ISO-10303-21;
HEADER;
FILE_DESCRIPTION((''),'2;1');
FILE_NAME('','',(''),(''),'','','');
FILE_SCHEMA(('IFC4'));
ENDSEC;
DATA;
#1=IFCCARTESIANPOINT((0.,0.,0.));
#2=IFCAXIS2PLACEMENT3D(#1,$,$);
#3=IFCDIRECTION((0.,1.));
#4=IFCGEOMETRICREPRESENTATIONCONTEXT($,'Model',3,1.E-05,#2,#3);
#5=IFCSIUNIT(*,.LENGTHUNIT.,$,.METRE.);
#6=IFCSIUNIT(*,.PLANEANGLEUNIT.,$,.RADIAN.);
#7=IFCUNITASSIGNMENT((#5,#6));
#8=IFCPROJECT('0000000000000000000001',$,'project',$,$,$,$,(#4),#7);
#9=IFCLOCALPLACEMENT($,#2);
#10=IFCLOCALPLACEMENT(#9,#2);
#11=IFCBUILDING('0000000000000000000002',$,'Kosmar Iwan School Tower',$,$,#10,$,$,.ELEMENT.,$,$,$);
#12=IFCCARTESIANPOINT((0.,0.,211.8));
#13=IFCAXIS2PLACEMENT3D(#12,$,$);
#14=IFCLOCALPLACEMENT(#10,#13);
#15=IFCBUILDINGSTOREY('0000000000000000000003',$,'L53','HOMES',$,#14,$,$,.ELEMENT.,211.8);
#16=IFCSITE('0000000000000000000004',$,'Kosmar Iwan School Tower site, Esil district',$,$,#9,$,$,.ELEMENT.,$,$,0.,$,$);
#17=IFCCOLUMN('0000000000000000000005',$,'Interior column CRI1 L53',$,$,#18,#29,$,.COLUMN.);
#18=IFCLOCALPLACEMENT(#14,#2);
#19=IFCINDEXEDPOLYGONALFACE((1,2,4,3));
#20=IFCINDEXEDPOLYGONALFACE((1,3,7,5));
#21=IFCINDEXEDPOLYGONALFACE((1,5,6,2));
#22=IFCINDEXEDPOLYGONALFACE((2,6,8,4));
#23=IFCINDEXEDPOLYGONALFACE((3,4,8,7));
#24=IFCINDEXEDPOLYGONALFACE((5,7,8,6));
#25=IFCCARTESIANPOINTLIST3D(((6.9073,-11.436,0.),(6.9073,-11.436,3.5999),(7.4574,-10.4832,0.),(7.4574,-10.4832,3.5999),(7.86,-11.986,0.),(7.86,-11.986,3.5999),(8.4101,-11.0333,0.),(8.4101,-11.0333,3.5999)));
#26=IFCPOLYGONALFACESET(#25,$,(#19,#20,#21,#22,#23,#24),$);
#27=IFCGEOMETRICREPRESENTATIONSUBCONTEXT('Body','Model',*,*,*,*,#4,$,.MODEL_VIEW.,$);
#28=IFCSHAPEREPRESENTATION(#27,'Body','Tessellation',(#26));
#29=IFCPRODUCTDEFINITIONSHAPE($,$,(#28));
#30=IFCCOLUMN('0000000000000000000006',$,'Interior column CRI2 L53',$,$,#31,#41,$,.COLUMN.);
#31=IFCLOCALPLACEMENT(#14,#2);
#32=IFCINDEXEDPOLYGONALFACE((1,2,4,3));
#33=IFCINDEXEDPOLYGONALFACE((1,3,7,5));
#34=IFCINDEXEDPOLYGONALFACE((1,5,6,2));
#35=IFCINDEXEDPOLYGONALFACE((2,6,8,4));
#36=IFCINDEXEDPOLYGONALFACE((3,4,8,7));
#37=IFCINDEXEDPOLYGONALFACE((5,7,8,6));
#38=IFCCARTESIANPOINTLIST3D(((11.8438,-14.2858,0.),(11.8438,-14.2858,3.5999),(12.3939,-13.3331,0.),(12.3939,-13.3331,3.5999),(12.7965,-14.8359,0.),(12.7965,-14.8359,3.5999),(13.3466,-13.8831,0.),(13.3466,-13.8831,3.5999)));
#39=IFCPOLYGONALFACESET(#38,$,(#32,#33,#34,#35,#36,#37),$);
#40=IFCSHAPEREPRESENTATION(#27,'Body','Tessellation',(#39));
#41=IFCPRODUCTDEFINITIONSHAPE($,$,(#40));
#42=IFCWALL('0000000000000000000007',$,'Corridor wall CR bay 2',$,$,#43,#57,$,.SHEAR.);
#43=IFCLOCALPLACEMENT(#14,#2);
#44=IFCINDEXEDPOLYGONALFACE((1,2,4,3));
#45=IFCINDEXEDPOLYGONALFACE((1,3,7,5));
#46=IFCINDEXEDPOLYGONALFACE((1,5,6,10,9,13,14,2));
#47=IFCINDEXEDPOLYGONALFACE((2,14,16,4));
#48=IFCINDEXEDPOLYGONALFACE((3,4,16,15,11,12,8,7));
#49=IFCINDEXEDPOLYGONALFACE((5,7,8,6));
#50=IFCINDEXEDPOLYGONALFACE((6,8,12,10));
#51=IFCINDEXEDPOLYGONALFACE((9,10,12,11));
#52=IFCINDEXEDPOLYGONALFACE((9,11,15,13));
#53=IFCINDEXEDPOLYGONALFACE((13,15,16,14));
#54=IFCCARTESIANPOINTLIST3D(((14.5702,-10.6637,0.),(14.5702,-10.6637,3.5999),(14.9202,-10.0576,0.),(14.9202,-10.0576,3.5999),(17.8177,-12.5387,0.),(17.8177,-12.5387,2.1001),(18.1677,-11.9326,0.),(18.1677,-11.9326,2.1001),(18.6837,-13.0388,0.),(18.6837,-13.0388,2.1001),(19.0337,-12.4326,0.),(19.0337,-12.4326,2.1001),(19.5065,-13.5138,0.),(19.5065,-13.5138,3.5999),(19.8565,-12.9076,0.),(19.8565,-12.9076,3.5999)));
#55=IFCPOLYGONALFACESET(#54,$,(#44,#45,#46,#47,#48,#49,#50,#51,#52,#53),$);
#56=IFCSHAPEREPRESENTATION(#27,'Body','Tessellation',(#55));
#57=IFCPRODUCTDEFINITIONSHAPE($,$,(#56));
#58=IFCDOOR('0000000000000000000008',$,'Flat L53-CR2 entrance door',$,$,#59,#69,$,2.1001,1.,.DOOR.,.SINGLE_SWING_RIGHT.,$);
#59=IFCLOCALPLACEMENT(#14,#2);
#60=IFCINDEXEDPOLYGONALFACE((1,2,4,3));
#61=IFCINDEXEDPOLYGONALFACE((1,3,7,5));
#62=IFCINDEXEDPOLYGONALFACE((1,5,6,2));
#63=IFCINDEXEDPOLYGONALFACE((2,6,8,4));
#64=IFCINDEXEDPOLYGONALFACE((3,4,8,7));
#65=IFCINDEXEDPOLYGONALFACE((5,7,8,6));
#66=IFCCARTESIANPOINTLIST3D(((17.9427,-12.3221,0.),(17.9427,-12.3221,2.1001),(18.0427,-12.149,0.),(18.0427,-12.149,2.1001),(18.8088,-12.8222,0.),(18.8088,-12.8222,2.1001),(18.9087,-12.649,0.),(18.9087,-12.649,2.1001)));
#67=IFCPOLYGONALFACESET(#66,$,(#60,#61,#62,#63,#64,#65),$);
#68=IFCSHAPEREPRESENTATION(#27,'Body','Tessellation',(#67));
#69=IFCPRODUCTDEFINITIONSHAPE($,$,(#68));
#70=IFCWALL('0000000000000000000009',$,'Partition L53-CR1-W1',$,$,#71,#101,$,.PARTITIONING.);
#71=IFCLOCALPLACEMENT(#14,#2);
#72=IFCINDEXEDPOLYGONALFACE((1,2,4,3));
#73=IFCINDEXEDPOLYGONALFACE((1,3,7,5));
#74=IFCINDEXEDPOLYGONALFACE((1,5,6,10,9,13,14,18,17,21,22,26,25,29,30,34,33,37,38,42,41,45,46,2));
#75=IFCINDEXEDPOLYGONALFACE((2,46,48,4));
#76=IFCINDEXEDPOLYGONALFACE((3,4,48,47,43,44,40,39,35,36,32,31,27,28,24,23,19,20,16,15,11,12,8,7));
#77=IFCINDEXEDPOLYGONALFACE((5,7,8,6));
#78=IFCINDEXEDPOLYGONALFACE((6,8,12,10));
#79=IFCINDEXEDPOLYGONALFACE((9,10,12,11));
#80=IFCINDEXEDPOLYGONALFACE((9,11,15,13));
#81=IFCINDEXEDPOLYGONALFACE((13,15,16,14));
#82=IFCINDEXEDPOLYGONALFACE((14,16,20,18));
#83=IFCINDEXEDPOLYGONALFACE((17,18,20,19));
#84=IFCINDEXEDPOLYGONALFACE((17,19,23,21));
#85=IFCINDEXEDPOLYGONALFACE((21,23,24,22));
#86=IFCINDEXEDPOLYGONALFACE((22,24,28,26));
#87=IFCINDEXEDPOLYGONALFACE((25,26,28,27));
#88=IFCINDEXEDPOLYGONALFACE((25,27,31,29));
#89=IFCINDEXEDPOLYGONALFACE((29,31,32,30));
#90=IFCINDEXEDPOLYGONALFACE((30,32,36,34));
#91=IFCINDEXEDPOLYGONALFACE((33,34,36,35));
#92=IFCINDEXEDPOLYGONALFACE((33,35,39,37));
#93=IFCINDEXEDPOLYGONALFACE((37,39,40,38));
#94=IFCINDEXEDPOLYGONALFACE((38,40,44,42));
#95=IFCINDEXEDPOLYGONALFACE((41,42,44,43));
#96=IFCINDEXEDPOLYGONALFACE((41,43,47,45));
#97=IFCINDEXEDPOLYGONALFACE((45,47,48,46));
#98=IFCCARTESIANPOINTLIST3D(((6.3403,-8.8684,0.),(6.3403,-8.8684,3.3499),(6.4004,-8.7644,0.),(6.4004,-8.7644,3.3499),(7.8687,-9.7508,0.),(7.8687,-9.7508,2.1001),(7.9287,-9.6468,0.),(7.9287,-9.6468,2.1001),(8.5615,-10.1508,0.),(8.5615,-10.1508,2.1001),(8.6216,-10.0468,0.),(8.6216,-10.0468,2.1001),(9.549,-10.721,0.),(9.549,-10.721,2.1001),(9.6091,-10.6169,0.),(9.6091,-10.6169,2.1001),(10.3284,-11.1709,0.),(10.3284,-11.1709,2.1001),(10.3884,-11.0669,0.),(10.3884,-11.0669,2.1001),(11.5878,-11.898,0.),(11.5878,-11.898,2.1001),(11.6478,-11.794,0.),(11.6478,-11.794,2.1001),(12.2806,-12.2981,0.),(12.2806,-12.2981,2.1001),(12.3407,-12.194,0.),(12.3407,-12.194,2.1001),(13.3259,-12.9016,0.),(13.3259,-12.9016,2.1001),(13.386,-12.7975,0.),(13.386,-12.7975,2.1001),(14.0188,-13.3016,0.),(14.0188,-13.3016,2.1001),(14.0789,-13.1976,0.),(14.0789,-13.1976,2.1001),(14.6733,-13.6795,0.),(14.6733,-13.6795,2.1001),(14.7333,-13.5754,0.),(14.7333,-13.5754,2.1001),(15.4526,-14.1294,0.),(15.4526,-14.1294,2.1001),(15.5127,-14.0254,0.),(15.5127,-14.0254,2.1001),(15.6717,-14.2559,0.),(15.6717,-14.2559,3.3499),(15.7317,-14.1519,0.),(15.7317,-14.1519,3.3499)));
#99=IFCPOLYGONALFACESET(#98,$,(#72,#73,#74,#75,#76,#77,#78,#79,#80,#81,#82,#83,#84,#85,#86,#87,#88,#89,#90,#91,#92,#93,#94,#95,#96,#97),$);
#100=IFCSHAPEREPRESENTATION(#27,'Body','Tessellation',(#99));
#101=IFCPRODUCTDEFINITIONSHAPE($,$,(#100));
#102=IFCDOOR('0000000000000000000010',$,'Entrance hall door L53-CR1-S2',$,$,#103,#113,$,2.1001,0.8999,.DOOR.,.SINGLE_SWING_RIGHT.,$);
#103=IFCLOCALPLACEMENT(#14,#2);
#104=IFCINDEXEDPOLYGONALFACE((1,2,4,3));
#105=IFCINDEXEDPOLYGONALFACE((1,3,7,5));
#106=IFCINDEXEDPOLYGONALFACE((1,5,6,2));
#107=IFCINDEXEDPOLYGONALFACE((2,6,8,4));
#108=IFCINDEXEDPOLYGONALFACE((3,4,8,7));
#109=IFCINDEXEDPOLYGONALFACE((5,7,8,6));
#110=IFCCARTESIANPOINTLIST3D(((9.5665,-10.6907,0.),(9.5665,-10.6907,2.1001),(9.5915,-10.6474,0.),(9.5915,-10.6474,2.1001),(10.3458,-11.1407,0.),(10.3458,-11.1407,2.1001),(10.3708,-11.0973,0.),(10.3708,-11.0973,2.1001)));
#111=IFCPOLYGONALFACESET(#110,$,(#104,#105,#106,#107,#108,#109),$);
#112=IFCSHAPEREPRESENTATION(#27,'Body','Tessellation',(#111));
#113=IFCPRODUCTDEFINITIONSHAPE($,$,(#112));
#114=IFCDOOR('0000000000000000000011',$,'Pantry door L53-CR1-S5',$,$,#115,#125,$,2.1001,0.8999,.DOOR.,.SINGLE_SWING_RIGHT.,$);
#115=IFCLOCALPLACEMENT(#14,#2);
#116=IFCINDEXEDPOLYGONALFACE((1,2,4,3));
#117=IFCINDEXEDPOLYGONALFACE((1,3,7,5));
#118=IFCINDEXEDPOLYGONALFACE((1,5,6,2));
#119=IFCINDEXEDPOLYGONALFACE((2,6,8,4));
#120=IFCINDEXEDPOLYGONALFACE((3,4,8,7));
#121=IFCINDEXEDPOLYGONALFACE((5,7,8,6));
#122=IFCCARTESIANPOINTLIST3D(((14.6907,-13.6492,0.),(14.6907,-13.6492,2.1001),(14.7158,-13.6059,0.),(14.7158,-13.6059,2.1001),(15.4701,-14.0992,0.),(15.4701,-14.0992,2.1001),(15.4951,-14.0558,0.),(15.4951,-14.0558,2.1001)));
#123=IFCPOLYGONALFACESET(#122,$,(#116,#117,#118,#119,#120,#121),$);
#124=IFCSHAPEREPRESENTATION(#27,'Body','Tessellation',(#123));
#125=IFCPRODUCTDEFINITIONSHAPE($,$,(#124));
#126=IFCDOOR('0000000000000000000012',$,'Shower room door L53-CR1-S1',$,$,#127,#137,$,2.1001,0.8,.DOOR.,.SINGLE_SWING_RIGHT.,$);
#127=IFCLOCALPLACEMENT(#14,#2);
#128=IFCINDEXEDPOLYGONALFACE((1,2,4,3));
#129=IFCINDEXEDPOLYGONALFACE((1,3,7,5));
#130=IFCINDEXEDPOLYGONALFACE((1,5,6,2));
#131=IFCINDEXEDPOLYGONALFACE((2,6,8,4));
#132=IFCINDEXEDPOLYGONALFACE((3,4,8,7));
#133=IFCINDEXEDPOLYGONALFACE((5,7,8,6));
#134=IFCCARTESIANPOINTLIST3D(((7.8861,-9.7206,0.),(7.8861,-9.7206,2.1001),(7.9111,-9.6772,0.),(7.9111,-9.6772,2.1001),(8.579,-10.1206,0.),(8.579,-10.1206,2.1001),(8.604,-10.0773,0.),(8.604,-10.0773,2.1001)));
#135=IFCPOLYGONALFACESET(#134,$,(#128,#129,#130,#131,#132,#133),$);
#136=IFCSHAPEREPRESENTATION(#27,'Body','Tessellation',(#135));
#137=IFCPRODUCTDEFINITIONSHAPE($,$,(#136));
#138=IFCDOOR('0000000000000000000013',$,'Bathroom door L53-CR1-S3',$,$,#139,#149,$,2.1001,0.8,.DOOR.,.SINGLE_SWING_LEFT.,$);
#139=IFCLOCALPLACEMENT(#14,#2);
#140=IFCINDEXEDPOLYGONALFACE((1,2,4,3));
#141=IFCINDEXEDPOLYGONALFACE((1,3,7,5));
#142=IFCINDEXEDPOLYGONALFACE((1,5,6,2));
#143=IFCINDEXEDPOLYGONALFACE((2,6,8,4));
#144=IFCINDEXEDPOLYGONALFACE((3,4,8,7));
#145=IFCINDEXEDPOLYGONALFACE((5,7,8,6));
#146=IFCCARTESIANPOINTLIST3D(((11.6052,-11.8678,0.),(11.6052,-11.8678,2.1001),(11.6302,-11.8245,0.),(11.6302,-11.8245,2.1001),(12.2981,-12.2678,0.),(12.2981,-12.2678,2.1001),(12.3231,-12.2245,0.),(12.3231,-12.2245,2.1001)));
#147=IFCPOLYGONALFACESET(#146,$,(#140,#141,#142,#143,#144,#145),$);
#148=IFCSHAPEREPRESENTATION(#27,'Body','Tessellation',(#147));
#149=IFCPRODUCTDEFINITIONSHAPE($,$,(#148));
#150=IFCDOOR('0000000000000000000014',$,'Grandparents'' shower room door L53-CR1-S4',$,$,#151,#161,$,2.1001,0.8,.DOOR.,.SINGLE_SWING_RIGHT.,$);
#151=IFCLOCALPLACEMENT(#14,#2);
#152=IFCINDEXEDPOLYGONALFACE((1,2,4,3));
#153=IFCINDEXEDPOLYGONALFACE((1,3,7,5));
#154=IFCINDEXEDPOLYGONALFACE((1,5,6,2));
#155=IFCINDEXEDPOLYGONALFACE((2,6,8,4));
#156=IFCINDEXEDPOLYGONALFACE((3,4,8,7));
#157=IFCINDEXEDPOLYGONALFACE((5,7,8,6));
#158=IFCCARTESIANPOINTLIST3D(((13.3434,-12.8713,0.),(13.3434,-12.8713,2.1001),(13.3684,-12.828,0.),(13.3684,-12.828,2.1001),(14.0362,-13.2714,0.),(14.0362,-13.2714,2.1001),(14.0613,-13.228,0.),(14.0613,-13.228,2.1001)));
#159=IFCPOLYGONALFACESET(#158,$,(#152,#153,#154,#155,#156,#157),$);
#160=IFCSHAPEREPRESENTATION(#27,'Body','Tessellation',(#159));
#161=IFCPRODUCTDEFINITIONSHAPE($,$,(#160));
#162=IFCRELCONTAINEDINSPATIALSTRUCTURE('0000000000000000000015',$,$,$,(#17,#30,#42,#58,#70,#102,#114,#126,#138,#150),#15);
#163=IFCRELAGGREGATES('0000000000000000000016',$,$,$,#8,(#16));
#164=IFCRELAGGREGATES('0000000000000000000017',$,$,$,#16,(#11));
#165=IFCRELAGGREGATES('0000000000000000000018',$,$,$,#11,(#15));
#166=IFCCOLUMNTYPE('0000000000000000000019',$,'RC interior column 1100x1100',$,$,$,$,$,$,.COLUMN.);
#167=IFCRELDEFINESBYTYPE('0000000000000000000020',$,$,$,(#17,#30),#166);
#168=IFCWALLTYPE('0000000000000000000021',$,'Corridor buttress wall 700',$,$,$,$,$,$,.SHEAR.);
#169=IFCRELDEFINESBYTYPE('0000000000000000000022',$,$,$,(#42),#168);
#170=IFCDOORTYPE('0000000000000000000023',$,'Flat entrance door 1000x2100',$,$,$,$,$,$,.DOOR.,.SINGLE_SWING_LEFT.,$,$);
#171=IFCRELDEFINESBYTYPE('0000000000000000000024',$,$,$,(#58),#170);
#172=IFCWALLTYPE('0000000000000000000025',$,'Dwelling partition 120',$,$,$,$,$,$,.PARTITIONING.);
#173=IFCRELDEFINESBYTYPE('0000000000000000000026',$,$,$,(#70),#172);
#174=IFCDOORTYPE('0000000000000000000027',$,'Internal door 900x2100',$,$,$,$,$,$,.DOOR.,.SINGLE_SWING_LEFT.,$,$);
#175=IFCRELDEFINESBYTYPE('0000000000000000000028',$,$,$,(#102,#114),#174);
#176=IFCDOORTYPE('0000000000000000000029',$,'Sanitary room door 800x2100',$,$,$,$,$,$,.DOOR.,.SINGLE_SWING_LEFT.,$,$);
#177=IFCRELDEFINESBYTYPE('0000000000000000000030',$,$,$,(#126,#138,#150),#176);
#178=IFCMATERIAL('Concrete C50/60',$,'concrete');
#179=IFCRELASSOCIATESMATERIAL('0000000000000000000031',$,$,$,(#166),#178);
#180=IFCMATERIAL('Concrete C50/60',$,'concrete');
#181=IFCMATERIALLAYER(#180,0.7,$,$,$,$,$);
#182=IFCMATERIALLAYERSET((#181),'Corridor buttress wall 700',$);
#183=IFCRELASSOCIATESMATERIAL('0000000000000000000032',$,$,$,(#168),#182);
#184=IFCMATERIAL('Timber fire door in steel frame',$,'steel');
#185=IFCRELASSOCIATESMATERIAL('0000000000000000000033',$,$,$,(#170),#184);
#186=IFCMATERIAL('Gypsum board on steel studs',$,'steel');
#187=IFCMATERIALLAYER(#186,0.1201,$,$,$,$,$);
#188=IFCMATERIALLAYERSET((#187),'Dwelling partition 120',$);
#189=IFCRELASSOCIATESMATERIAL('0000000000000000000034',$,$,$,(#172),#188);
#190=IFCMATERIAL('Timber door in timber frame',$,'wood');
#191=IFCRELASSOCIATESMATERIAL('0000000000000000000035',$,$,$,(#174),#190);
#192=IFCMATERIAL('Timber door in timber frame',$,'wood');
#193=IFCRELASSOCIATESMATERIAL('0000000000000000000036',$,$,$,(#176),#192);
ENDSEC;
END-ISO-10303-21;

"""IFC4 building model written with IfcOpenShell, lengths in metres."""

from ifc_helpers import new_model, si_unit, direction, frame, frame_2d, origin, origin_2d, place, context, subcontext, project, spatial, rectangle, extrude, material, layer, layer_set, material_profile, profile_set, type_object, element, fill, save


model = new_model("IFC4")

# Units and contexts
model_context = context("Model", 3, precision=1e-05, world=origin(), true_north=direction((0.0, 1.0)))
body_context = subcontext(model_context, "Body", "Model", "MODEL_VIEW")
ifc_project = project(units=[si_unit("LENGTHUNIT", "METRE"), si_unit("PLANEANGLEUNIT", "RADIAN")], contexts=[model_context])

# Site, building, storey
site_placement = place(None, origin())
site = spatial("IfcSite", under=ifc_project, at=site_placement, Name="Kosmar Iwan School Tower site, Esil district", CompositionType="ELEMENT", RefElevation=0.0)
building_placement = place(site_placement, origin())
building = spatial("IfcBuilding", under=site, at=building_placement, Name="Kosmar Iwan School Tower", CompositionType="ELEMENT")
storey_placement = place(building_placement, frame((0.0, 0.0, 211.8)))
storey = spatial("IfcBuildingStorey", under=building, at=storey_placement, Name="L53", Description="HOMES", CompositionType="ELEMENT", Elevation=211.8)

# Columns
ifc_material_1 = material(Name="Concrete C50/60", Category="concrete")
ifc_material_profile = material_profile(ifc_material_1, rectangle(XDim=1.1001, YDim=1.1001, at=origin_2d()), Name="RC 1100x1100")
ifc_profile_set = profile_set([ifc_material_profile], Name="Concrete C50/60")
column_type = type_object("IfcColumnType", Name="RC interior column 1100x1100", PredefinedType="COLUMN", material=ifc_profile_set)
for number, where, z_axis, x_axis, name in (
    (1, (7.6587, -11.2346, 0.0), (0.0, 0.0, 1.0), (0.866025, -0.5, 0.0), "Interior column CRI1 L53"),
    (2, (12.5952, -14.0845, 0.0), (0.0, 0.0, 1.0), (0.866025, -0.5, 0.0), "Interior column CRI2 L53"),
):
    element("IfcColumn", number, at=place(storey_placement, frame(where, z_axis=z_axis, x_axis=x_axis)), inside=storey, type_object=column_type, Name=name, PredefinedType="COLUMN", context=body_context, shape_type="SweptSolid", body=[
        extrude(rectangle(XDim=1.1001, YDim=1.1001, at=origin_2d()), origin(), (0.0, 0.0, 1.0), 3.5999),
    ])

# Wall, opening, door
ifc_material_2 = material(Name="Concrete C50/60", Category="concrete")
ifc_layer_1 = layer(ifc_material_2, 0.7)
ifc_layer_set_1 = layer_set([ifc_layer_1], Name="Corridor buttress wall 700")
wall_type_1 = type_object("IfcWallType", Name="Corridor buttress wall 700", PredefinedType="SHEAR", material=ifc_layer_set_1)
wall_1_placement = place(storey_placement, frame((14.7451, -10.3606, 0.0), z_axis=(0.0, 0.0, 1.0), x_axis=(0.866015, -0.500018, 0.0)))
wall_1 = element("IfcWall", 3, at=wall_1_placement, inside=storey, type_object=wall_type_1, Name="Corridor wall CR bay 2", PredefinedType="SHEAR", context=body_context, shape_type="SweptSolid", body=[
    extrude(rectangle(XDim=5.7, YDim=0.7, at=frame_2d((2.8501, 0.0))), origin(), (0.0, 0.0, 1.0), 3.5999),
])
opening_1_placement = place(wall_1_placement, frame((3.75, 0.0, 0.0)))
opening_1 = element("IfcOpeningElement", 4, at=opening_1_placement, cuts=wall_1, PredefinedType="OPENING", context=body_context, shape_type="SweptSolid", body=[
    extrude(rectangle(XDim=1.0, YDim=2.1001, at=frame_2d((0.5, 1.05))), frame((0.0, 0.3621, 0.0), z_axis=(0.0, -1.0, 0.0), x_axis=(1.0, 0.0, 0.0)), (0.0, 0.0, 1.0), 0.7239),
])
ifc_material_3 = material(Name="Timber fire door in steel frame", Category="steel")
door_type_1 = type_object("IfcDoorType", Name="Flat entrance door 1000x2100", OperationType="SINGLE_SWING_LEFT", PredefinedType="DOOR", material=ifc_material_3)
door_1_placement = place(opening_1_placement, origin())
door_1 = element("IfcDoor", 5, at=door_1_placement, inside=storey, type_object=door_type_1, Name="Flat L53-CR2 entrance door", OperationType="SINGLE_SWING_RIGHT", OverallHeight=2.1001, OverallWidth=1.0, PredefinedType="DOOR", context=body_context, shape_type="SweptSolid", body=[
    extrude(rectangle(XDim=1.0, YDim=2.1001, at=frame_2d((0.5, 1.05))), frame((0.0, 0.1001, 0.0), z_axis=(0.0, -1.0, 0.0), x_axis=(1.0, 0.0, 0.0)), (0.0, 0.0, 1.0), 0.2),
])
fill(opening_1, door_1)

# Wall, openings, doors
ifc_material_4 = material(Name="Gypsum board on steel studs", Category="steel")
ifc_layer_2 = layer(ifc_material_4, 0.1201)
ifc_layer_set_2 = layer_set([ifc_layer_2], Name="Dwelling partition 120")
wall_type_2 = type_object("IfcWallType", Name="Dwelling partition 120", PredefinedType="PARTITIONING", material=ifc_layer_set_2)
wall_2_placement = place(storey_placement, frame((6.3704, -8.8164, 0.0), z_axis=(0.0, 0.0, 1.0), x_axis=(0.866024, -0.500002, 0.0)))
wall_2 = element("IfcWall", 6, at=wall_2_placement, inside=storey, type_object=wall_type_2, Name="Partition L53-CR1-W1", PredefinedType="PARTITIONING", context=body_context, shape_type="SweptSolid", body=[
    extrude(rectangle(XDim=10.7749, YDim=0.1201, at=frame_2d((5.3875, 0.0))), origin(), (0.0, 0.0, 1.0), 3.3499),
])
opening_2_placement = place(wall_2_placement, frame((1.7649, 0.0, 0.0)))
opening_2 = element("IfcOpeningElement", 7, at=opening_2_placement, cuts=wall_2, PredefinedType="OPENING", context=body_context, shape_type="SweptSolid", body=[
    extrude(rectangle(XDim=0.8, YDim=2.1001, at=frame_2d((0.3999, 1.05))), frame((0.0, 0.072, 0.0), z_axis=(0.0, -1.0, 0.0), x_axis=(1.0, 0.0, 0.0)), (0.0, 0.0, 1.0), 0.144),
])
opening_3_placement = place(wall_2_placement, frame((3.7051, 0.0, 0.0)))
opening_3 = element("IfcOpeningElement", 8, at=opening_3_placement, cuts=wall_2, PredefinedType="OPENING", context=body_context, shape_type="SweptSolid", body=[
    extrude(rectangle(XDim=0.8999, YDim=2.1001, at=frame_2d((0.45, 1.05))), frame((0.0, 0.072, 0.0), z_axis=(0.0, -1.0, 0.0), x_axis=(1.0, 0.0, 0.0)), (0.0, 0.0, 1.0), 0.144),
])
opening_4_placement = place(wall_2_placement, frame((6.0593, 0.0, 0.0)))
opening_4 = element("IfcOpeningElement", 9, at=opening_4_placement, cuts=wall_2, PredefinedType="OPENING", context=body_context, shape_type="SweptSolid", body=[
    extrude(rectangle(XDim=0.8, YDim=2.1001, at=frame_2d((0.3999, 1.05))), frame((0.0, 0.072, 0.0), z_axis=(0.0, -1.0, 0.0), x_axis=(1.0, 0.0, 0.0)), (0.0, 0.0, 1.0), 0.144),
])
opening_5_placement = place(wall_2_placement, frame((8.0664, 0.0, 0.0)))
opening_5 = element("IfcOpeningElement", 10, at=opening_5_placement, cuts=wall_2, PredefinedType="OPENING", context=body_context, shape_type="SweptSolid", body=[
    extrude(rectangle(XDim=0.8, YDim=2.1001, at=frame_2d((0.3999, 1.05))), frame((0.0, 0.072, 0.0), z_axis=(0.0, -1.0, 0.0), x_axis=(1.0, 0.0, 0.0)), (0.0, 0.0, 1.0), 0.144),
])
opening_6_placement = place(wall_2_placement, frame((9.6221, 0.0, 0.0)))
opening_6 = element("IfcOpeningElement", 11, at=opening_6_placement, cuts=wall_2, PredefinedType="OPENING", context=body_context, shape_type="SweptSolid", body=[
    extrude(rectangle(XDim=0.8999, YDim=2.1001, at=frame_2d((0.45, 1.05))), frame((0.0, 0.072, 0.0), z_axis=(0.0, -1.0, 0.0), x_axis=(1.0, 0.0, 0.0)), (0.0, 0.0, 1.0), 0.144),
])
ifc_material_5 = material(Name="Timber door in timber frame", Category="wood")
door_type_2 = type_object("IfcDoorType", Name="Internal door 900x2100", OperationType="SINGLE_SWING_LEFT", PredefinedType="DOOR", material=ifc_material_5)
door_2_placement = place(opening_3_placement, origin())
door_2 = element("IfcDoor", 12, at=door_2_placement, inside=storey, type_object=door_type_2, Name="Entrance hall door L53-CR1-S2", OperationType="SINGLE_SWING_RIGHT", OverallHeight=2.1001, OverallWidth=0.8999, PredefinedType="DOOR", context=body_context, shape_type="SweptSolid", body=[
    extrude(rectangle(XDim=0.8999, YDim=2.1001, at=frame_2d((0.45, 1.05))), frame((0.0, 0.0249, 0.0), z_axis=(0.0, -1.0, 0.0), x_axis=(1.0, 0.0, 0.0)), (0.0, 0.0, 1.0), 0.05),
])
fill(opening_3, door_2)
door_3_placement = place(opening_6_placement, origin())
door_3 = element("IfcDoor", 13, at=door_3_placement, inside=storey, type_object=door_type_2, Name="Pantry door L53-CR1-S5", OperationType="SINGLE_SWING_RIGHT", OverallHeight=2.1001, OverallWidth=0.8999, PredefinedType="DOOR", context=body_context, shape_type="SweptSolid", body=[
    extrude(rectangle(XDim=0.8999, YDim=2.1001, at=frame_2d((0.45, 1.05))), frame((0.0, 0.0249, 0.0), z_axis=(0.0, -1.0, 0.0), x_axis=(1.0, 0.0, 0.0)), (0.0, 0.0, 1.0), 0.05),
])
fill(opening_6, door_3)
ifc_material_6 = material(Name="Timber door in timber frame", Category="wood")
door_type_3 = type_object("IfcDoorType", Name="Sanitary room door 800x2100", OperationType="SINGLE_SWING_LEFT", PredefinedType="DOOR", material=ifc_material_6)
door_4_placement = place(opening_2_placement, origin())
door_4 = element("IfcDoor", 14, at=door_4_placement, inside=storey, type_object=door_type_3, Name="Shower room door L53-CR1-S1", OperationType="SINGLE_SWING_RIGHT", OverallHeight=2.1001, OverallWidth=0.8, PredefinedType="DOOR", context=body_context, shape_type="SweptSolid", body=[
    extrude(rectangle(XDim=0.8, YDim=2.1001, at=frame_2d((0.3999, 1.05))), frame((0.0, 0.0249, 0.0), z_axis=(0.0, -1.0, 0.0), x_axis=(1.0, 0.0, 0.0)), (0.0, 0.0, 1.0), 0.05),
])
fill(opening_2, door_4)
door_5_placement = place(opening_4_placement, origin())
door_5 = element("IfcDoor", 15, at=door_5_placement, inside=storey, type_object=door_type_3, Name="Bathroom door L53-CR1-S3", OperationType="SINGLE_SWING_LEFT", OverallHeight=2.1001, OverallWidth=0.8, PredefinedType="DOOR", context=body_context, shape_type="SweptSolid", body=[
    extrude(rectangle(XDim=0.8, YDim=2.1001, at=frame_2d((0.3999, 1.05))), frame((0.0, 0.0249, 0.0), z_axis=(0.0, -1.0, 0.0), x_axis=(1.0, 0.0, 0.0)), (0.0, 0.0, 1.0), 0.05),
])
fill(opening_4, door_5)
door_6_placement = place(opening_5_placement, origin())
door_6 = element("IfcDoor", 16, at=door_6_placement, inside=storey, type_object=door_type_3, Name="Grandparents' shower room door L53-CR1-S4", OperationType="SINGLE_SWING_RIGHT", OverallHeight=2.1001, OverallWidth=0.8, PredefinedType="DOOR", context=body_context, shape_type="SweptSolid", body=[
    extrude(rectangle(XDim=0.8, YDim=2.1001, at=frame_2d((0.3999, 1.05))), frame((0.0, 0.0249, 0.0), z_axis=(0.0, -1.0, 0.0), x_axis=(1.0, 0.0, 0.0)), (0.0, 0.0, 1.0), 0.05),
])
fill(opening_5, door_6)

save(model, "model.ifc")
